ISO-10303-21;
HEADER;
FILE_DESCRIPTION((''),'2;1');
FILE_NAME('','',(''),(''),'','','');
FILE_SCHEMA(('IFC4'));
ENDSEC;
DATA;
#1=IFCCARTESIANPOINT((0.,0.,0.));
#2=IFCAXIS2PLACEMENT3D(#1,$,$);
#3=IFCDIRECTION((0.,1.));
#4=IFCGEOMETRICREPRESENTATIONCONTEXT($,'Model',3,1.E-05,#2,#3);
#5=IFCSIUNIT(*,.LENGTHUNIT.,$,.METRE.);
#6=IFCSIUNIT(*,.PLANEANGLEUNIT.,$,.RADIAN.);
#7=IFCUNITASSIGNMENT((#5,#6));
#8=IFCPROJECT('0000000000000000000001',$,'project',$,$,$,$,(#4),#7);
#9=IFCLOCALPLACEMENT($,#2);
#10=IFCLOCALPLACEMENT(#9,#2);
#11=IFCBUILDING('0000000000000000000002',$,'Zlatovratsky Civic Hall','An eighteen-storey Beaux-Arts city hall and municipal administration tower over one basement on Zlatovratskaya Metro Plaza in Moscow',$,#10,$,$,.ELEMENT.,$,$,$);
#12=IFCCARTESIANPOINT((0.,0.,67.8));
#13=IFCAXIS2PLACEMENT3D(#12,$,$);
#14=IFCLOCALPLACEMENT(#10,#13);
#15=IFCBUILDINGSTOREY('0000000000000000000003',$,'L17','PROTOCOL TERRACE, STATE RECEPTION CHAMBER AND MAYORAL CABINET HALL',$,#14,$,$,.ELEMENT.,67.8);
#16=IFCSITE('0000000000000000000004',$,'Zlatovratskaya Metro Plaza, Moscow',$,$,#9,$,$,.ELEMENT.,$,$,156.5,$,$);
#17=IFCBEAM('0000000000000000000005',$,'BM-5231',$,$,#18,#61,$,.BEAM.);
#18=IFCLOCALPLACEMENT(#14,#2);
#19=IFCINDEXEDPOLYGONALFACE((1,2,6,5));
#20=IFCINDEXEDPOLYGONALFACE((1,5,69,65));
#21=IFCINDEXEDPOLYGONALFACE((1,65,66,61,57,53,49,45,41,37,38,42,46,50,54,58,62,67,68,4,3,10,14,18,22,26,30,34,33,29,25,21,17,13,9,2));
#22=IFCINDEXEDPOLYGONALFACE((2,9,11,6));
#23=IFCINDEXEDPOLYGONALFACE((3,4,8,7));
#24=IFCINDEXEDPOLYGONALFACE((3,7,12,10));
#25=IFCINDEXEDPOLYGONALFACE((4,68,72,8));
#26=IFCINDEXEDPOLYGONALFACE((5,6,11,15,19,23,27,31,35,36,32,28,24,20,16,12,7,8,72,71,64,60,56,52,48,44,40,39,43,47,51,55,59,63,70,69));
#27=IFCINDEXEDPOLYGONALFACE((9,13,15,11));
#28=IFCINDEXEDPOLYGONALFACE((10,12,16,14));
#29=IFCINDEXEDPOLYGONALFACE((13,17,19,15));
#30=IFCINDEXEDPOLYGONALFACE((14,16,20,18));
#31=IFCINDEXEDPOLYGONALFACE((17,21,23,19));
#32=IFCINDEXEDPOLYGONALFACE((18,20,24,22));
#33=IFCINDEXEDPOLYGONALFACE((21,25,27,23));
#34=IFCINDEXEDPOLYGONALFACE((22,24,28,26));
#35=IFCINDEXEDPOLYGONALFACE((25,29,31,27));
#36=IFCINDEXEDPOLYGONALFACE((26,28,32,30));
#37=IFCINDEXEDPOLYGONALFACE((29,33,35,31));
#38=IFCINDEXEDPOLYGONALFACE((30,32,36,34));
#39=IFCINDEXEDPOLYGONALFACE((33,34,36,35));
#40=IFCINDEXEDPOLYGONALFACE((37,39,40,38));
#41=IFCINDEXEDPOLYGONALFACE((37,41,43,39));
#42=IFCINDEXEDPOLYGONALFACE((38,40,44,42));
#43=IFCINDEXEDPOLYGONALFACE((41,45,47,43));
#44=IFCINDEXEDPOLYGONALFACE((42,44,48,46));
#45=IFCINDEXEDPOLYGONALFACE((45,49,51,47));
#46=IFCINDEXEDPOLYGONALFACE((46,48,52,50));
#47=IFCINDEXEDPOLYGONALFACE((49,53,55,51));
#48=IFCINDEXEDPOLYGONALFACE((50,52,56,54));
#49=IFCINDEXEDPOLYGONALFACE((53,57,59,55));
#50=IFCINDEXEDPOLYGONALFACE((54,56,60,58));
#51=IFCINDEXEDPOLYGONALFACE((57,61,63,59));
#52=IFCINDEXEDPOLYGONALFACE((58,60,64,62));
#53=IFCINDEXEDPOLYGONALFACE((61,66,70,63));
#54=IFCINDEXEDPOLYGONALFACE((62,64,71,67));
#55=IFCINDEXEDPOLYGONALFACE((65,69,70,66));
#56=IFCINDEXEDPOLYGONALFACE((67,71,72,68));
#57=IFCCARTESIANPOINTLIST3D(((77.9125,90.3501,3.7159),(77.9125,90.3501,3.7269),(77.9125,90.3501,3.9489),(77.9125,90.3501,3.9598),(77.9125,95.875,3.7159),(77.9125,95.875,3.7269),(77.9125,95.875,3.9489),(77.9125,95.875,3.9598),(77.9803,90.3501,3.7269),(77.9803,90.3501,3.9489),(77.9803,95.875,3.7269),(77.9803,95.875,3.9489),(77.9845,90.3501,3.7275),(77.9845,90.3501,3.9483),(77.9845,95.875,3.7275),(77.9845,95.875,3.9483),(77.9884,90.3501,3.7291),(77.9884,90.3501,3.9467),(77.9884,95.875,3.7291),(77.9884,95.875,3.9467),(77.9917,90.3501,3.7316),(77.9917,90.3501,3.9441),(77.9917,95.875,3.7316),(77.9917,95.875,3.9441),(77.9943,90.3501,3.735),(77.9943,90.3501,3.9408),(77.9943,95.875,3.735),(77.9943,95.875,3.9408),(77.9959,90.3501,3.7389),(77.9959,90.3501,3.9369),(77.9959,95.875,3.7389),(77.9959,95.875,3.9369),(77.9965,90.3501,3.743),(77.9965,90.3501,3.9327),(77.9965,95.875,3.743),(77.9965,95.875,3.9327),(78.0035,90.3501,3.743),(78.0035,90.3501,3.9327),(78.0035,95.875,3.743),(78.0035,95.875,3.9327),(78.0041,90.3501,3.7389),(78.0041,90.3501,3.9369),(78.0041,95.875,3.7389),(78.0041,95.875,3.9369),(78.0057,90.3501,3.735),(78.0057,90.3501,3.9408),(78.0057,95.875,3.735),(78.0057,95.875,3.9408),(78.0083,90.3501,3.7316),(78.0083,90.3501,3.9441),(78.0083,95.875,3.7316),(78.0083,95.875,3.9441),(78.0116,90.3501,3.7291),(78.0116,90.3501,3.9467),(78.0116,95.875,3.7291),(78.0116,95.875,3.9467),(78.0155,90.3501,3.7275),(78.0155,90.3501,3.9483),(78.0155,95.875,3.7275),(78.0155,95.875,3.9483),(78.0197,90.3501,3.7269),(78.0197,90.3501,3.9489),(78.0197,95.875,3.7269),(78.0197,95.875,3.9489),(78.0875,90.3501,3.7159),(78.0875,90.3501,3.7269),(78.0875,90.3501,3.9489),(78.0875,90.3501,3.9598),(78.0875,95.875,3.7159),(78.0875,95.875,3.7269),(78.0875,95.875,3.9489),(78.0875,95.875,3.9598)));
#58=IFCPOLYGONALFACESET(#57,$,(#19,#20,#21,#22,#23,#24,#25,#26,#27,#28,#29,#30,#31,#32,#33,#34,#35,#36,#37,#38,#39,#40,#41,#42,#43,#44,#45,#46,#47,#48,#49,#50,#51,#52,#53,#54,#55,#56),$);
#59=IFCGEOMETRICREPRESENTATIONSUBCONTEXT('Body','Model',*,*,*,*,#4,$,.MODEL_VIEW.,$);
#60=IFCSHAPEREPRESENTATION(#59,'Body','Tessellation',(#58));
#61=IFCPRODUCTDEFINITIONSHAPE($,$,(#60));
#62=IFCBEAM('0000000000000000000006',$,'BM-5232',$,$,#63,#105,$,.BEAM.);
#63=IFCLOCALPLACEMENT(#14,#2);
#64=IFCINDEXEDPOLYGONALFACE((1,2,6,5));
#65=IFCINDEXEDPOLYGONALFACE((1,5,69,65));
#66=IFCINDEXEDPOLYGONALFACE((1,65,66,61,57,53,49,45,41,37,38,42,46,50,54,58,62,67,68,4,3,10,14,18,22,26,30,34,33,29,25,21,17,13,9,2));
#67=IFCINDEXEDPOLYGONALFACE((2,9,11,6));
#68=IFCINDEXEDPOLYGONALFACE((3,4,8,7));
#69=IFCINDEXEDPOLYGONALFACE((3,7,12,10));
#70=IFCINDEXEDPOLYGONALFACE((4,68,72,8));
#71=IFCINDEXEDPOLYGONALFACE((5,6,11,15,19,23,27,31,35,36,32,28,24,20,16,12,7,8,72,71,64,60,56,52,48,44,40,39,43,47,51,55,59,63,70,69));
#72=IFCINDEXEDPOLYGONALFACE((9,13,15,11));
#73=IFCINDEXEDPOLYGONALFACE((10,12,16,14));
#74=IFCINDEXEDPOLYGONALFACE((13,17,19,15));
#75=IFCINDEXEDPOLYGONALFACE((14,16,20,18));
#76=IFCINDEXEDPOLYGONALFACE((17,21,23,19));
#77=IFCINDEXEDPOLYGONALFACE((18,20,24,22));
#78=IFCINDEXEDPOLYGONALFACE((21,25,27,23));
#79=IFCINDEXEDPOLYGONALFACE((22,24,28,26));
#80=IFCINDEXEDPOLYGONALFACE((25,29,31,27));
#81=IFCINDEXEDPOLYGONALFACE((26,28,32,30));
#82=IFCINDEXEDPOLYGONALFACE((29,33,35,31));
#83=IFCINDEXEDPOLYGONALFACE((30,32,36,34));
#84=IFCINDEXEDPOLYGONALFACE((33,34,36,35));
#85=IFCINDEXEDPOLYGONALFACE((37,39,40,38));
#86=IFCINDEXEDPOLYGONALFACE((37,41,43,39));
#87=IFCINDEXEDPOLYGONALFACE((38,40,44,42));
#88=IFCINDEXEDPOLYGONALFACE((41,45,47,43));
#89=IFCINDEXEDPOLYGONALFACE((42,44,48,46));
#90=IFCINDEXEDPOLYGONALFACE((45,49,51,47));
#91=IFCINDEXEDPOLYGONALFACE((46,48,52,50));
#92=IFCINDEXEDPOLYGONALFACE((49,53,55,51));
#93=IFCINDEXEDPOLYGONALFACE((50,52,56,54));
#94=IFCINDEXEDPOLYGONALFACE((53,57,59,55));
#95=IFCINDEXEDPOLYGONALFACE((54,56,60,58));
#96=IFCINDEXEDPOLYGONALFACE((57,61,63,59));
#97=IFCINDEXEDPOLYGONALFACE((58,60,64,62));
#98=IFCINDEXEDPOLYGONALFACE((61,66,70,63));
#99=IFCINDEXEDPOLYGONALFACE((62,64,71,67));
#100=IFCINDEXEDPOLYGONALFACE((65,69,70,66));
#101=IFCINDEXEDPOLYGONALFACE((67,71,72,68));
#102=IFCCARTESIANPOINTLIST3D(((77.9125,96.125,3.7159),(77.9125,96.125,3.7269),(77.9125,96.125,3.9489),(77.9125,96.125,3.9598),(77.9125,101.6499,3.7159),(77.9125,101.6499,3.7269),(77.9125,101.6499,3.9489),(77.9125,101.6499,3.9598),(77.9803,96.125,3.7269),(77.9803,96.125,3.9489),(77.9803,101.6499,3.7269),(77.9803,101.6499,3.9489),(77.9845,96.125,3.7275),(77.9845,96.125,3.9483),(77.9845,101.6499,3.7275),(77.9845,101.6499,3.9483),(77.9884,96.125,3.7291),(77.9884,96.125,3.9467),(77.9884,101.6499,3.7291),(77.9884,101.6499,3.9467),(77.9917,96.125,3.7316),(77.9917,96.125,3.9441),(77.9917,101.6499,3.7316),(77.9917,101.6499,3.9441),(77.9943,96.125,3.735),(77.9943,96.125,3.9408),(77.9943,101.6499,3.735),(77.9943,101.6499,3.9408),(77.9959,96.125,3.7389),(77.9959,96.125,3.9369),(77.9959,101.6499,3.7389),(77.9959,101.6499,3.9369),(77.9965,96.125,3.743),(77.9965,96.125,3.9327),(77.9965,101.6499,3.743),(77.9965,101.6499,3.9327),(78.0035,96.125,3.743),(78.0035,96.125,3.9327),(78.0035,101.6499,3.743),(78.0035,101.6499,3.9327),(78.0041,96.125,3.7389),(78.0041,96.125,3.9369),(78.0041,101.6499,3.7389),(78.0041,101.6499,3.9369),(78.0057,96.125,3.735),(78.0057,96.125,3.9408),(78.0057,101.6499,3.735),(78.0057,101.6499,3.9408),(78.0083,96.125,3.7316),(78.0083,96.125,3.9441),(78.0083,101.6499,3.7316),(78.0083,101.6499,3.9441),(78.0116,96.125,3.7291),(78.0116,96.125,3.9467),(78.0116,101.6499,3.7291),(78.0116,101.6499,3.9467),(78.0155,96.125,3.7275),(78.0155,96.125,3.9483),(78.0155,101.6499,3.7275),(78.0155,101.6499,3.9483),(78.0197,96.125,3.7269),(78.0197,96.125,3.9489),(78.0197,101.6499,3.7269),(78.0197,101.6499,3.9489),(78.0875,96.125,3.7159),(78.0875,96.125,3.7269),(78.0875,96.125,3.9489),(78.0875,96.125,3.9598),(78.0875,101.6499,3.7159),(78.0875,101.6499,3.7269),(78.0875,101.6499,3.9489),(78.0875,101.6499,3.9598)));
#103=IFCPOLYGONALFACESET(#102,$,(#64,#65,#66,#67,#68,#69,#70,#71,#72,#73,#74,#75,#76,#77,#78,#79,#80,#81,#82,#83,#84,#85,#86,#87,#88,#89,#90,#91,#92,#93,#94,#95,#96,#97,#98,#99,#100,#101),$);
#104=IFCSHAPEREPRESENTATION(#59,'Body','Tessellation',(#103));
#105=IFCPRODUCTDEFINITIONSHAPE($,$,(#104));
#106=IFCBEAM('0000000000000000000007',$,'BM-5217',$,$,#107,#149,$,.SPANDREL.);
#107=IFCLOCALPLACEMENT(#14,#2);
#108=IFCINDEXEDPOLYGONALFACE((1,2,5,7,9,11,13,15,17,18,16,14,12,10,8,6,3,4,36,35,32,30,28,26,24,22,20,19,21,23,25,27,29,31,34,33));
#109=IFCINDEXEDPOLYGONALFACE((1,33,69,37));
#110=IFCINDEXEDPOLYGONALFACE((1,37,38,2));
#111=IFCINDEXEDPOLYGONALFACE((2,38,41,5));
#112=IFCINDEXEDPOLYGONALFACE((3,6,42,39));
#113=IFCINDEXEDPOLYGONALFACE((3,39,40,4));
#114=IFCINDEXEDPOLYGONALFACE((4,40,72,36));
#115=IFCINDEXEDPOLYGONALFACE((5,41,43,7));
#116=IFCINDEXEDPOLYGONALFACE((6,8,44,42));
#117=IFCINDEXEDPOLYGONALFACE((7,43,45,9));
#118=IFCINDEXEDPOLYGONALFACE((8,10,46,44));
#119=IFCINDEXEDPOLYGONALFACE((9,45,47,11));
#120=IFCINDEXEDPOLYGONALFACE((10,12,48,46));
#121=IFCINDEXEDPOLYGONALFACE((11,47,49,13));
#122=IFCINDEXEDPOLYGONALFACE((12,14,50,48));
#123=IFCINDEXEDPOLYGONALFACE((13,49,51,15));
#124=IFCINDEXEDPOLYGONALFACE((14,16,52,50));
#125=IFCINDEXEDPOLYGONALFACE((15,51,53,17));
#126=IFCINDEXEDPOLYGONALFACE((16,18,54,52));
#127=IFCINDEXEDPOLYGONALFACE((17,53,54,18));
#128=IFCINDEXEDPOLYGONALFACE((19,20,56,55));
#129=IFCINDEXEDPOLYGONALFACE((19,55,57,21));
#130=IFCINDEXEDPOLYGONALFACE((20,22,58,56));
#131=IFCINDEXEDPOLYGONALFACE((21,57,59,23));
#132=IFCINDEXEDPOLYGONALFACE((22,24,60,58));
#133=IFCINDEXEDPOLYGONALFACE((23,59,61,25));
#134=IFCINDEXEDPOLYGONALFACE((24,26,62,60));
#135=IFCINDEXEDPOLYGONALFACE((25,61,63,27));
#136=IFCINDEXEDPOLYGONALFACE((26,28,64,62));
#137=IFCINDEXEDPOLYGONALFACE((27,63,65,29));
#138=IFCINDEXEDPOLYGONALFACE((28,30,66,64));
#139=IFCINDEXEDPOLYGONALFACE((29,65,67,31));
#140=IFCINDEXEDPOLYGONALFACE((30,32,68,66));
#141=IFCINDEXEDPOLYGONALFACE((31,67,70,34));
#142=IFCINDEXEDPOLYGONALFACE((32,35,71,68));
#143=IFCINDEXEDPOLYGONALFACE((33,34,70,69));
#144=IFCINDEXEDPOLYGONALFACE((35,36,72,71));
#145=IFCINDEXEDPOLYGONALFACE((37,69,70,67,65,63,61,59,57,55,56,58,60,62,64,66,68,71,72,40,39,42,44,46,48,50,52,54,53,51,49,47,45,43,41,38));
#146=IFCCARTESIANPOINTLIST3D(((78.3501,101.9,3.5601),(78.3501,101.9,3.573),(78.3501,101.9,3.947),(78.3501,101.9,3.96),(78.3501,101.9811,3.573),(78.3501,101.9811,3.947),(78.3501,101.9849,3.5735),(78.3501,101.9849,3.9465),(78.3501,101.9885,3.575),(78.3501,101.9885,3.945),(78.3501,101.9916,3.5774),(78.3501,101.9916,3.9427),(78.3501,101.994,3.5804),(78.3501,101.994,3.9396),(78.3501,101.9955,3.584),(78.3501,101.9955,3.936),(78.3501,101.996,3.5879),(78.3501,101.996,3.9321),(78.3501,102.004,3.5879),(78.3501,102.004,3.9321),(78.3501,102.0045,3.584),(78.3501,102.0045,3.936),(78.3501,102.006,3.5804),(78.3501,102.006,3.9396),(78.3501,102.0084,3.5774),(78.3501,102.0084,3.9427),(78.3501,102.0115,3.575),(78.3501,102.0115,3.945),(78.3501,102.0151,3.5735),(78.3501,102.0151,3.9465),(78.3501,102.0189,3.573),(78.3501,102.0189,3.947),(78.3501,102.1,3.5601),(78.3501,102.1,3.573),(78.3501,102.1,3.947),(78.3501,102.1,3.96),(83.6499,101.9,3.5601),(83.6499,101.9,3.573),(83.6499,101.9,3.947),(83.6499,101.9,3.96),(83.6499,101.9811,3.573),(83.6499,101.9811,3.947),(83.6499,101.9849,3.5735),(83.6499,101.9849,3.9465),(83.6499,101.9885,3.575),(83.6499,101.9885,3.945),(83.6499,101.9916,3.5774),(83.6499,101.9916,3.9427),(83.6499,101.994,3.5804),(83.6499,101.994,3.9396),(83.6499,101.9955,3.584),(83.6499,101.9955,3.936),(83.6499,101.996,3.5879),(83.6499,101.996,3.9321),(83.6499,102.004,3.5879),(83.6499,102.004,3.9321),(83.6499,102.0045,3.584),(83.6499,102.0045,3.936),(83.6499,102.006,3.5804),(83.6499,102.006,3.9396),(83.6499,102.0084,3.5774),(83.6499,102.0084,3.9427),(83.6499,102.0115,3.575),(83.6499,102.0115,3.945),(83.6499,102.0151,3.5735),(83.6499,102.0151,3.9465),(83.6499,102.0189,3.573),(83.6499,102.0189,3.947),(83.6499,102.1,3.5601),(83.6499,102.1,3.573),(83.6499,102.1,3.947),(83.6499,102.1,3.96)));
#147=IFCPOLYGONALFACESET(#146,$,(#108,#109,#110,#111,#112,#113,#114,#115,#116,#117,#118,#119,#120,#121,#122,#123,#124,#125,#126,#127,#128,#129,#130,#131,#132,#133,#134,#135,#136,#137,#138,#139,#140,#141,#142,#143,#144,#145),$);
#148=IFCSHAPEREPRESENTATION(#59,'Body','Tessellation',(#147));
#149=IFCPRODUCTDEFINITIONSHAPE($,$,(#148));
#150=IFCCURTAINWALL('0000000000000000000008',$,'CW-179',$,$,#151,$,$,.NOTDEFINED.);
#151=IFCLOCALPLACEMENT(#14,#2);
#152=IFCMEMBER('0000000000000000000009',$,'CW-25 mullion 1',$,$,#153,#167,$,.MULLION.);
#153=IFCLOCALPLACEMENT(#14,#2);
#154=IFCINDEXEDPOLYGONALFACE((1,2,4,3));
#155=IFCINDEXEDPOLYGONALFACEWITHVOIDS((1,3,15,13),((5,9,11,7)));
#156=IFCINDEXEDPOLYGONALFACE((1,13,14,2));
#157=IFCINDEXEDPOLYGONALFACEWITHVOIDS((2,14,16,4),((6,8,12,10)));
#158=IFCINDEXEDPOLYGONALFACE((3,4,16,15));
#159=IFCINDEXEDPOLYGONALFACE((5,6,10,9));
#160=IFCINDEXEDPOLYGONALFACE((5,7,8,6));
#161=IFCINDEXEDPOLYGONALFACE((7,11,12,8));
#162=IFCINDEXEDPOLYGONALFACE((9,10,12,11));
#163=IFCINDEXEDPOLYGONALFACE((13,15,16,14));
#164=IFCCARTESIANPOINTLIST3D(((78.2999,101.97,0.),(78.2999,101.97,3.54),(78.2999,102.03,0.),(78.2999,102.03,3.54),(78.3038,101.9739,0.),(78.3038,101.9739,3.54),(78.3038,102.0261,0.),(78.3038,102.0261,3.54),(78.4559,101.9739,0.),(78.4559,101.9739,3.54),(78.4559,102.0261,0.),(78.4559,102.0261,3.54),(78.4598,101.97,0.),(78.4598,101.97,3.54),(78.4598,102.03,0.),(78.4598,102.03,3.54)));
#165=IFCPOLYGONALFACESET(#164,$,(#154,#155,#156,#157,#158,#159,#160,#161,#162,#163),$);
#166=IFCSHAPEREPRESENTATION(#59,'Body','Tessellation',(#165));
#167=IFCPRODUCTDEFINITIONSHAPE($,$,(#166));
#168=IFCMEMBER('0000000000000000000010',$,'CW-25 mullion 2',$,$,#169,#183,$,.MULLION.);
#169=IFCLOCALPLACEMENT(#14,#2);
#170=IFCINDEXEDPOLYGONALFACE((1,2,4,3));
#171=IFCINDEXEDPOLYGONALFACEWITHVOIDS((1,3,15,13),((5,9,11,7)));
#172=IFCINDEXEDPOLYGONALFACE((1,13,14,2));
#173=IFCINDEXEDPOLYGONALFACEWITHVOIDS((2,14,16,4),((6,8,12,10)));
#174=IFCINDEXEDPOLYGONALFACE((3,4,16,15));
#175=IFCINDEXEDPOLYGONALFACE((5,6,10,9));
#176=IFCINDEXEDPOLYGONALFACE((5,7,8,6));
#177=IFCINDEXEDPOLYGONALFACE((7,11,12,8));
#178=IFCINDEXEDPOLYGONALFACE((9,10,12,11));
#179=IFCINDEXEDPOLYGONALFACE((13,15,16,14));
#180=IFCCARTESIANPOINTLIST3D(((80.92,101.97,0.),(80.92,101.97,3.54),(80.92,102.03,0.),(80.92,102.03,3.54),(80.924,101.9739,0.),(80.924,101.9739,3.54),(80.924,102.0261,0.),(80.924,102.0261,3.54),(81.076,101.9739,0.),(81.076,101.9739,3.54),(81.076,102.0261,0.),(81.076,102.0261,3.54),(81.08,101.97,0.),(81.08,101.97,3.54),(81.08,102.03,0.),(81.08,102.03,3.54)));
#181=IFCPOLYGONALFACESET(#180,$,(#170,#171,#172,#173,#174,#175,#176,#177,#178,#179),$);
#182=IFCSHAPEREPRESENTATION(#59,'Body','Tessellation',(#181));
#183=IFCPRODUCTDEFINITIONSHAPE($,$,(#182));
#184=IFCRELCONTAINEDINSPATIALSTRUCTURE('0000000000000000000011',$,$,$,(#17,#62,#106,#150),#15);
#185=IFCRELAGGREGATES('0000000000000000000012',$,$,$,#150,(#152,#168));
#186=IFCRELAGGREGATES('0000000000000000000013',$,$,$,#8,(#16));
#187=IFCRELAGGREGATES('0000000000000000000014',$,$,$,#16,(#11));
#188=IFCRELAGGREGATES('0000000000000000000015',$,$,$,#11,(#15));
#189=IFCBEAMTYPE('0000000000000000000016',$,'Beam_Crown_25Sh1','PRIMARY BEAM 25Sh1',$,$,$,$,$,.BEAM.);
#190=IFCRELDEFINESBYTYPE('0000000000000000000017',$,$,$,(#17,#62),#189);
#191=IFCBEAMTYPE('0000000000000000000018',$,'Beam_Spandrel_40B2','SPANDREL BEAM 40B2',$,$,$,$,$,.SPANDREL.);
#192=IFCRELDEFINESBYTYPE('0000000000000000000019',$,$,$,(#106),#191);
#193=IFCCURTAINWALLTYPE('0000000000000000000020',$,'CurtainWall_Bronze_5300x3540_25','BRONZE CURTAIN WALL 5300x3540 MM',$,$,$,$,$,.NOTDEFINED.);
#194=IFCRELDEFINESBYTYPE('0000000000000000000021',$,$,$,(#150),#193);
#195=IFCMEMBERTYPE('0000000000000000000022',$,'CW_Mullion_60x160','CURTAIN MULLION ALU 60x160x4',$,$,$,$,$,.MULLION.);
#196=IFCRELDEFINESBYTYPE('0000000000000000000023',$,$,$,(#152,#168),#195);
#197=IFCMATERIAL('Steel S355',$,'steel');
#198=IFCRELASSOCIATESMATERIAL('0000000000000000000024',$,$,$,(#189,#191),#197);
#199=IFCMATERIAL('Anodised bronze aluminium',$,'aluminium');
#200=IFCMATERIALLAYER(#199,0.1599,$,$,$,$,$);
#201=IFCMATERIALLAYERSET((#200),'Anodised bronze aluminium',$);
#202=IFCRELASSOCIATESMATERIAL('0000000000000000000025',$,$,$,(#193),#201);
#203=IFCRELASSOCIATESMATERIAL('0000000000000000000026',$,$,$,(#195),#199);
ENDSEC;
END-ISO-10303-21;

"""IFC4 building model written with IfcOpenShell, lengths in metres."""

from ifc_helpers import new_model, si_unit, direction, frame, origin, origin_2d, place, context, subcontext, project, spatial, hollow_rectangle, i_section, extrude, material, layer, layer_set, material_profile, profile_set, type_object, element, aggregate, save


model = new_model("IFC4")

# Units and contexts
model_context = context("Model", 3, precision=1e-05, world=origin(), true_north=direction((0.0, 1.0)))
body_context = subcontext(model_context, "Body", "Model", "MODEL_VIEW")
ifc_project = project(units=[si_unit("LENGTHUNIT", "METRE"), si_unit("PLANEANGLEUNIT", "RADIAN")], contexts=[model_context])

# Site, building, storey
site_placement = place(None, origin())
site = spatial("IfcSite", under=ifc_project, at=site_placement, Name="Zlatovratskaya Metro Plaza, Moscow", CompositionType="ELEMENT", RefElevation=156.5)
building_placement = place(site_placement, origin())
building = spatial("IfcBuilding", under=site, at=building_placement, Name="Zlatovratsky Civic Hall", Description="An eighteen-storey Beaux-Arts city hall and municipal administration tower over one basement on Zlatovratskaya Metro Plaza in Moscow", CompositionType="ELEMENT")
storey_placement = place(building_placement, frame((0.0, 0.0, 67.8)))
storey = spatial("IfcBuildingStorey", under=building, at=storey_placement, Name="L17", Description="PROTOCOL TERRACE, STATE RECEPTION CHAMBER AND MAYORAL CABINET HALL", CompositionType="ELEMENT", Elevation=67.8)

# Shared definitions
ifc_material_1 = material(Name="Steel S355", Category="steel")

# Beams
ifc_material_profile_1 = material_profile(ifc_material_1, i_section(OverallWidth=0.175, OverallDepth=0.2439, WebThickness=0.0071, FlangeThickness=0.011, FilletRadius=0.0161, at=origin_2d()), Name="25Sh1")
ifc_profile_set_1 = profile_set([ifc_material_profile_1], Name="Steel S355")
beam_type_1 = type_object("IfcBeamType", Name="Beam_Crown_25Sh1", Description="PRIMARY BEAM 25Sh1", PredefinedType="BEAM", material=ifc_profile_set_1)
for number, where, z_axis, x_axis, name in (
    (1, (78.0, 90.3501, 3.8379), (0.0, 1.0, 0.0), (-1.0, 0.0, 0.0), "BM-5231"),
    (2, (78.0, 96.125, 3.8379), (0.0, 1.0, 0.0), (-1.0, 0.0, 0.0), "BM-5232"),
):
    element("IfcBeam", number, at=place(storey_placement, frame(where, z_axis=z_axis, x_axis=x_axis)), inside=storey, type_object=beam_type_1, Name=name, PredefinedType="BEAM", context=body_context, shape_type="SweptSolid", body=[
        extrude(i_section(OverallWidth=0.175, OverallDepth=0.2439, WebThickness=0.0071, FlangeThickness=0.011, FilletRadius=0.0161, at=origin_2d()), origin(), (0.0, 0.0, 1.0), 5.5249),
    ])
ifc_material_profile_2 = material_profile(ifc_material_1, i_section(OverallWidth=0.2, OverallDepth=0.3999, WebThickness=0.0081, FlangeThickness=0.0129, FilletRadius=0.0149, at=origin_2d()), Name="40B2")
ifc_profile_set_2 = profile_set([ifc_material_profile_2], Name="Steel S355")
beam_type_2 = type_object("IfcBeamType", Name="Beam_Spandrel_40B2", Description="SPANDREL BEAM 40B2", PredefinedType="SPANDREL", material=ifc_profile_set_2)
beam_1_placement = place(storey_placement, frame((78.3501, 102.0, 3.76), z_axis=(1.0, 0.0, 0.0), x_axis=(0.0, 1.0, 0.0)))
element("IfcBeam", 3, at=beam_1_placement, inside=storey, type_object=beam_type_2, Name="BM-5217", PredefinedType="SPANDREL", context=body_context, shape_type="SweptSolid", body=[
    extrude(i_section(OverallWidth=0.2, OverallDepth=0.3999, WebThickness=0.0081, FlangeThickness=0.0129, FilletRadius=0.0149, at=origin_2d()), origin(), (0.0, 0.0, 1.0), 5.2998),
])

# Curtain wall, members
ifc_material_2 = material(Name="Anodised bronze aluminium", Category="aluminium")
ifc_layer_1 = layer(ifc_material_2, 0.1599)
ifc_layer_set_1 = layer_set([ifc_layer_1], Name="Anodised bronze aluminium")
curtain_wall_type = type_object("IfcCurtainWallType", Name="CurtainWall_Bronze_5300x3540_25", Description="BRONZE CURTAIN WALL 5300x3540 MM", PredefinedType="NOTDEFINED", material=ifc_layer_set_1)
curtain_wall_placement = place(storey_placement, origin())
curtain_wall = element("IfcCurtainWall", 4, at=curtain_wall_placement, inside=storey, type_object=curtain_wall_type, Name="CW-179", PredefinedType="NOTDEFINED")
ifc_material_profile_3 = material_profile(ifc_material_2, hollow_rectangle(XDim=0.0601, YDim=0.1599, WallThickness=0.0039, at=origin_2d()), Name="ALU 60x160x4")
ifc_profile_set_3 = profile_set([ifc_material_profile_3], Name="Anodised bronze aluminium")
member_type_1 = type_object("IfcMemberType", Name="CW_Mullion_60x160", Description="CURTAIN MULLION ALU 60x160x4", PredefinedType="MULLION", material=ifc_profile_set_3)
member_1_placement = place(storey_placement, frame((78.3799, 102.0, 0.0), z_axis=(0.0, 0.0, 1.0), x_axis=(0.0, 1.0, 0.0)))
member_1 = element("IfcMember", 5, at=member_1_placement, type_object=member_type_1, Name="CW-25 mullion 1", PredefinedType="MULLION", context=body_context, shape_type="SweptSolid", body=[
    extrude(hollow_rectangle(XDim=0.0601, YDim=0.1599, WallThickness=0.0039, at=origin_2d()), origin(), (0.0, 0.0, 1.0), 3.54),
])
member_2_placement = place(storey_placement, frame((81.0, 102.0, 0.0), z_axis=(0.0, 0.0, 1.0), x_axis=(0.0, 1.0, 0.0)))
member_2 = element("IfcMember", 6, at=member_2_placement, type_object=member_type_1, Name="CW-25 mullion 2", PredefinedType="MULLION", context=body_context, shape_type="SweptSolid", body=[
    extrude(hollow_rectangle(XDim=0.0601, YDim=0.1599, WallThickness=0.0039, at=origin_2d()), origin(), (0.0, 0.0, 1.0), 3.54),
])

aggregate(curtain_wall, [member_1, member_2])

save(model, "model.ifc")
